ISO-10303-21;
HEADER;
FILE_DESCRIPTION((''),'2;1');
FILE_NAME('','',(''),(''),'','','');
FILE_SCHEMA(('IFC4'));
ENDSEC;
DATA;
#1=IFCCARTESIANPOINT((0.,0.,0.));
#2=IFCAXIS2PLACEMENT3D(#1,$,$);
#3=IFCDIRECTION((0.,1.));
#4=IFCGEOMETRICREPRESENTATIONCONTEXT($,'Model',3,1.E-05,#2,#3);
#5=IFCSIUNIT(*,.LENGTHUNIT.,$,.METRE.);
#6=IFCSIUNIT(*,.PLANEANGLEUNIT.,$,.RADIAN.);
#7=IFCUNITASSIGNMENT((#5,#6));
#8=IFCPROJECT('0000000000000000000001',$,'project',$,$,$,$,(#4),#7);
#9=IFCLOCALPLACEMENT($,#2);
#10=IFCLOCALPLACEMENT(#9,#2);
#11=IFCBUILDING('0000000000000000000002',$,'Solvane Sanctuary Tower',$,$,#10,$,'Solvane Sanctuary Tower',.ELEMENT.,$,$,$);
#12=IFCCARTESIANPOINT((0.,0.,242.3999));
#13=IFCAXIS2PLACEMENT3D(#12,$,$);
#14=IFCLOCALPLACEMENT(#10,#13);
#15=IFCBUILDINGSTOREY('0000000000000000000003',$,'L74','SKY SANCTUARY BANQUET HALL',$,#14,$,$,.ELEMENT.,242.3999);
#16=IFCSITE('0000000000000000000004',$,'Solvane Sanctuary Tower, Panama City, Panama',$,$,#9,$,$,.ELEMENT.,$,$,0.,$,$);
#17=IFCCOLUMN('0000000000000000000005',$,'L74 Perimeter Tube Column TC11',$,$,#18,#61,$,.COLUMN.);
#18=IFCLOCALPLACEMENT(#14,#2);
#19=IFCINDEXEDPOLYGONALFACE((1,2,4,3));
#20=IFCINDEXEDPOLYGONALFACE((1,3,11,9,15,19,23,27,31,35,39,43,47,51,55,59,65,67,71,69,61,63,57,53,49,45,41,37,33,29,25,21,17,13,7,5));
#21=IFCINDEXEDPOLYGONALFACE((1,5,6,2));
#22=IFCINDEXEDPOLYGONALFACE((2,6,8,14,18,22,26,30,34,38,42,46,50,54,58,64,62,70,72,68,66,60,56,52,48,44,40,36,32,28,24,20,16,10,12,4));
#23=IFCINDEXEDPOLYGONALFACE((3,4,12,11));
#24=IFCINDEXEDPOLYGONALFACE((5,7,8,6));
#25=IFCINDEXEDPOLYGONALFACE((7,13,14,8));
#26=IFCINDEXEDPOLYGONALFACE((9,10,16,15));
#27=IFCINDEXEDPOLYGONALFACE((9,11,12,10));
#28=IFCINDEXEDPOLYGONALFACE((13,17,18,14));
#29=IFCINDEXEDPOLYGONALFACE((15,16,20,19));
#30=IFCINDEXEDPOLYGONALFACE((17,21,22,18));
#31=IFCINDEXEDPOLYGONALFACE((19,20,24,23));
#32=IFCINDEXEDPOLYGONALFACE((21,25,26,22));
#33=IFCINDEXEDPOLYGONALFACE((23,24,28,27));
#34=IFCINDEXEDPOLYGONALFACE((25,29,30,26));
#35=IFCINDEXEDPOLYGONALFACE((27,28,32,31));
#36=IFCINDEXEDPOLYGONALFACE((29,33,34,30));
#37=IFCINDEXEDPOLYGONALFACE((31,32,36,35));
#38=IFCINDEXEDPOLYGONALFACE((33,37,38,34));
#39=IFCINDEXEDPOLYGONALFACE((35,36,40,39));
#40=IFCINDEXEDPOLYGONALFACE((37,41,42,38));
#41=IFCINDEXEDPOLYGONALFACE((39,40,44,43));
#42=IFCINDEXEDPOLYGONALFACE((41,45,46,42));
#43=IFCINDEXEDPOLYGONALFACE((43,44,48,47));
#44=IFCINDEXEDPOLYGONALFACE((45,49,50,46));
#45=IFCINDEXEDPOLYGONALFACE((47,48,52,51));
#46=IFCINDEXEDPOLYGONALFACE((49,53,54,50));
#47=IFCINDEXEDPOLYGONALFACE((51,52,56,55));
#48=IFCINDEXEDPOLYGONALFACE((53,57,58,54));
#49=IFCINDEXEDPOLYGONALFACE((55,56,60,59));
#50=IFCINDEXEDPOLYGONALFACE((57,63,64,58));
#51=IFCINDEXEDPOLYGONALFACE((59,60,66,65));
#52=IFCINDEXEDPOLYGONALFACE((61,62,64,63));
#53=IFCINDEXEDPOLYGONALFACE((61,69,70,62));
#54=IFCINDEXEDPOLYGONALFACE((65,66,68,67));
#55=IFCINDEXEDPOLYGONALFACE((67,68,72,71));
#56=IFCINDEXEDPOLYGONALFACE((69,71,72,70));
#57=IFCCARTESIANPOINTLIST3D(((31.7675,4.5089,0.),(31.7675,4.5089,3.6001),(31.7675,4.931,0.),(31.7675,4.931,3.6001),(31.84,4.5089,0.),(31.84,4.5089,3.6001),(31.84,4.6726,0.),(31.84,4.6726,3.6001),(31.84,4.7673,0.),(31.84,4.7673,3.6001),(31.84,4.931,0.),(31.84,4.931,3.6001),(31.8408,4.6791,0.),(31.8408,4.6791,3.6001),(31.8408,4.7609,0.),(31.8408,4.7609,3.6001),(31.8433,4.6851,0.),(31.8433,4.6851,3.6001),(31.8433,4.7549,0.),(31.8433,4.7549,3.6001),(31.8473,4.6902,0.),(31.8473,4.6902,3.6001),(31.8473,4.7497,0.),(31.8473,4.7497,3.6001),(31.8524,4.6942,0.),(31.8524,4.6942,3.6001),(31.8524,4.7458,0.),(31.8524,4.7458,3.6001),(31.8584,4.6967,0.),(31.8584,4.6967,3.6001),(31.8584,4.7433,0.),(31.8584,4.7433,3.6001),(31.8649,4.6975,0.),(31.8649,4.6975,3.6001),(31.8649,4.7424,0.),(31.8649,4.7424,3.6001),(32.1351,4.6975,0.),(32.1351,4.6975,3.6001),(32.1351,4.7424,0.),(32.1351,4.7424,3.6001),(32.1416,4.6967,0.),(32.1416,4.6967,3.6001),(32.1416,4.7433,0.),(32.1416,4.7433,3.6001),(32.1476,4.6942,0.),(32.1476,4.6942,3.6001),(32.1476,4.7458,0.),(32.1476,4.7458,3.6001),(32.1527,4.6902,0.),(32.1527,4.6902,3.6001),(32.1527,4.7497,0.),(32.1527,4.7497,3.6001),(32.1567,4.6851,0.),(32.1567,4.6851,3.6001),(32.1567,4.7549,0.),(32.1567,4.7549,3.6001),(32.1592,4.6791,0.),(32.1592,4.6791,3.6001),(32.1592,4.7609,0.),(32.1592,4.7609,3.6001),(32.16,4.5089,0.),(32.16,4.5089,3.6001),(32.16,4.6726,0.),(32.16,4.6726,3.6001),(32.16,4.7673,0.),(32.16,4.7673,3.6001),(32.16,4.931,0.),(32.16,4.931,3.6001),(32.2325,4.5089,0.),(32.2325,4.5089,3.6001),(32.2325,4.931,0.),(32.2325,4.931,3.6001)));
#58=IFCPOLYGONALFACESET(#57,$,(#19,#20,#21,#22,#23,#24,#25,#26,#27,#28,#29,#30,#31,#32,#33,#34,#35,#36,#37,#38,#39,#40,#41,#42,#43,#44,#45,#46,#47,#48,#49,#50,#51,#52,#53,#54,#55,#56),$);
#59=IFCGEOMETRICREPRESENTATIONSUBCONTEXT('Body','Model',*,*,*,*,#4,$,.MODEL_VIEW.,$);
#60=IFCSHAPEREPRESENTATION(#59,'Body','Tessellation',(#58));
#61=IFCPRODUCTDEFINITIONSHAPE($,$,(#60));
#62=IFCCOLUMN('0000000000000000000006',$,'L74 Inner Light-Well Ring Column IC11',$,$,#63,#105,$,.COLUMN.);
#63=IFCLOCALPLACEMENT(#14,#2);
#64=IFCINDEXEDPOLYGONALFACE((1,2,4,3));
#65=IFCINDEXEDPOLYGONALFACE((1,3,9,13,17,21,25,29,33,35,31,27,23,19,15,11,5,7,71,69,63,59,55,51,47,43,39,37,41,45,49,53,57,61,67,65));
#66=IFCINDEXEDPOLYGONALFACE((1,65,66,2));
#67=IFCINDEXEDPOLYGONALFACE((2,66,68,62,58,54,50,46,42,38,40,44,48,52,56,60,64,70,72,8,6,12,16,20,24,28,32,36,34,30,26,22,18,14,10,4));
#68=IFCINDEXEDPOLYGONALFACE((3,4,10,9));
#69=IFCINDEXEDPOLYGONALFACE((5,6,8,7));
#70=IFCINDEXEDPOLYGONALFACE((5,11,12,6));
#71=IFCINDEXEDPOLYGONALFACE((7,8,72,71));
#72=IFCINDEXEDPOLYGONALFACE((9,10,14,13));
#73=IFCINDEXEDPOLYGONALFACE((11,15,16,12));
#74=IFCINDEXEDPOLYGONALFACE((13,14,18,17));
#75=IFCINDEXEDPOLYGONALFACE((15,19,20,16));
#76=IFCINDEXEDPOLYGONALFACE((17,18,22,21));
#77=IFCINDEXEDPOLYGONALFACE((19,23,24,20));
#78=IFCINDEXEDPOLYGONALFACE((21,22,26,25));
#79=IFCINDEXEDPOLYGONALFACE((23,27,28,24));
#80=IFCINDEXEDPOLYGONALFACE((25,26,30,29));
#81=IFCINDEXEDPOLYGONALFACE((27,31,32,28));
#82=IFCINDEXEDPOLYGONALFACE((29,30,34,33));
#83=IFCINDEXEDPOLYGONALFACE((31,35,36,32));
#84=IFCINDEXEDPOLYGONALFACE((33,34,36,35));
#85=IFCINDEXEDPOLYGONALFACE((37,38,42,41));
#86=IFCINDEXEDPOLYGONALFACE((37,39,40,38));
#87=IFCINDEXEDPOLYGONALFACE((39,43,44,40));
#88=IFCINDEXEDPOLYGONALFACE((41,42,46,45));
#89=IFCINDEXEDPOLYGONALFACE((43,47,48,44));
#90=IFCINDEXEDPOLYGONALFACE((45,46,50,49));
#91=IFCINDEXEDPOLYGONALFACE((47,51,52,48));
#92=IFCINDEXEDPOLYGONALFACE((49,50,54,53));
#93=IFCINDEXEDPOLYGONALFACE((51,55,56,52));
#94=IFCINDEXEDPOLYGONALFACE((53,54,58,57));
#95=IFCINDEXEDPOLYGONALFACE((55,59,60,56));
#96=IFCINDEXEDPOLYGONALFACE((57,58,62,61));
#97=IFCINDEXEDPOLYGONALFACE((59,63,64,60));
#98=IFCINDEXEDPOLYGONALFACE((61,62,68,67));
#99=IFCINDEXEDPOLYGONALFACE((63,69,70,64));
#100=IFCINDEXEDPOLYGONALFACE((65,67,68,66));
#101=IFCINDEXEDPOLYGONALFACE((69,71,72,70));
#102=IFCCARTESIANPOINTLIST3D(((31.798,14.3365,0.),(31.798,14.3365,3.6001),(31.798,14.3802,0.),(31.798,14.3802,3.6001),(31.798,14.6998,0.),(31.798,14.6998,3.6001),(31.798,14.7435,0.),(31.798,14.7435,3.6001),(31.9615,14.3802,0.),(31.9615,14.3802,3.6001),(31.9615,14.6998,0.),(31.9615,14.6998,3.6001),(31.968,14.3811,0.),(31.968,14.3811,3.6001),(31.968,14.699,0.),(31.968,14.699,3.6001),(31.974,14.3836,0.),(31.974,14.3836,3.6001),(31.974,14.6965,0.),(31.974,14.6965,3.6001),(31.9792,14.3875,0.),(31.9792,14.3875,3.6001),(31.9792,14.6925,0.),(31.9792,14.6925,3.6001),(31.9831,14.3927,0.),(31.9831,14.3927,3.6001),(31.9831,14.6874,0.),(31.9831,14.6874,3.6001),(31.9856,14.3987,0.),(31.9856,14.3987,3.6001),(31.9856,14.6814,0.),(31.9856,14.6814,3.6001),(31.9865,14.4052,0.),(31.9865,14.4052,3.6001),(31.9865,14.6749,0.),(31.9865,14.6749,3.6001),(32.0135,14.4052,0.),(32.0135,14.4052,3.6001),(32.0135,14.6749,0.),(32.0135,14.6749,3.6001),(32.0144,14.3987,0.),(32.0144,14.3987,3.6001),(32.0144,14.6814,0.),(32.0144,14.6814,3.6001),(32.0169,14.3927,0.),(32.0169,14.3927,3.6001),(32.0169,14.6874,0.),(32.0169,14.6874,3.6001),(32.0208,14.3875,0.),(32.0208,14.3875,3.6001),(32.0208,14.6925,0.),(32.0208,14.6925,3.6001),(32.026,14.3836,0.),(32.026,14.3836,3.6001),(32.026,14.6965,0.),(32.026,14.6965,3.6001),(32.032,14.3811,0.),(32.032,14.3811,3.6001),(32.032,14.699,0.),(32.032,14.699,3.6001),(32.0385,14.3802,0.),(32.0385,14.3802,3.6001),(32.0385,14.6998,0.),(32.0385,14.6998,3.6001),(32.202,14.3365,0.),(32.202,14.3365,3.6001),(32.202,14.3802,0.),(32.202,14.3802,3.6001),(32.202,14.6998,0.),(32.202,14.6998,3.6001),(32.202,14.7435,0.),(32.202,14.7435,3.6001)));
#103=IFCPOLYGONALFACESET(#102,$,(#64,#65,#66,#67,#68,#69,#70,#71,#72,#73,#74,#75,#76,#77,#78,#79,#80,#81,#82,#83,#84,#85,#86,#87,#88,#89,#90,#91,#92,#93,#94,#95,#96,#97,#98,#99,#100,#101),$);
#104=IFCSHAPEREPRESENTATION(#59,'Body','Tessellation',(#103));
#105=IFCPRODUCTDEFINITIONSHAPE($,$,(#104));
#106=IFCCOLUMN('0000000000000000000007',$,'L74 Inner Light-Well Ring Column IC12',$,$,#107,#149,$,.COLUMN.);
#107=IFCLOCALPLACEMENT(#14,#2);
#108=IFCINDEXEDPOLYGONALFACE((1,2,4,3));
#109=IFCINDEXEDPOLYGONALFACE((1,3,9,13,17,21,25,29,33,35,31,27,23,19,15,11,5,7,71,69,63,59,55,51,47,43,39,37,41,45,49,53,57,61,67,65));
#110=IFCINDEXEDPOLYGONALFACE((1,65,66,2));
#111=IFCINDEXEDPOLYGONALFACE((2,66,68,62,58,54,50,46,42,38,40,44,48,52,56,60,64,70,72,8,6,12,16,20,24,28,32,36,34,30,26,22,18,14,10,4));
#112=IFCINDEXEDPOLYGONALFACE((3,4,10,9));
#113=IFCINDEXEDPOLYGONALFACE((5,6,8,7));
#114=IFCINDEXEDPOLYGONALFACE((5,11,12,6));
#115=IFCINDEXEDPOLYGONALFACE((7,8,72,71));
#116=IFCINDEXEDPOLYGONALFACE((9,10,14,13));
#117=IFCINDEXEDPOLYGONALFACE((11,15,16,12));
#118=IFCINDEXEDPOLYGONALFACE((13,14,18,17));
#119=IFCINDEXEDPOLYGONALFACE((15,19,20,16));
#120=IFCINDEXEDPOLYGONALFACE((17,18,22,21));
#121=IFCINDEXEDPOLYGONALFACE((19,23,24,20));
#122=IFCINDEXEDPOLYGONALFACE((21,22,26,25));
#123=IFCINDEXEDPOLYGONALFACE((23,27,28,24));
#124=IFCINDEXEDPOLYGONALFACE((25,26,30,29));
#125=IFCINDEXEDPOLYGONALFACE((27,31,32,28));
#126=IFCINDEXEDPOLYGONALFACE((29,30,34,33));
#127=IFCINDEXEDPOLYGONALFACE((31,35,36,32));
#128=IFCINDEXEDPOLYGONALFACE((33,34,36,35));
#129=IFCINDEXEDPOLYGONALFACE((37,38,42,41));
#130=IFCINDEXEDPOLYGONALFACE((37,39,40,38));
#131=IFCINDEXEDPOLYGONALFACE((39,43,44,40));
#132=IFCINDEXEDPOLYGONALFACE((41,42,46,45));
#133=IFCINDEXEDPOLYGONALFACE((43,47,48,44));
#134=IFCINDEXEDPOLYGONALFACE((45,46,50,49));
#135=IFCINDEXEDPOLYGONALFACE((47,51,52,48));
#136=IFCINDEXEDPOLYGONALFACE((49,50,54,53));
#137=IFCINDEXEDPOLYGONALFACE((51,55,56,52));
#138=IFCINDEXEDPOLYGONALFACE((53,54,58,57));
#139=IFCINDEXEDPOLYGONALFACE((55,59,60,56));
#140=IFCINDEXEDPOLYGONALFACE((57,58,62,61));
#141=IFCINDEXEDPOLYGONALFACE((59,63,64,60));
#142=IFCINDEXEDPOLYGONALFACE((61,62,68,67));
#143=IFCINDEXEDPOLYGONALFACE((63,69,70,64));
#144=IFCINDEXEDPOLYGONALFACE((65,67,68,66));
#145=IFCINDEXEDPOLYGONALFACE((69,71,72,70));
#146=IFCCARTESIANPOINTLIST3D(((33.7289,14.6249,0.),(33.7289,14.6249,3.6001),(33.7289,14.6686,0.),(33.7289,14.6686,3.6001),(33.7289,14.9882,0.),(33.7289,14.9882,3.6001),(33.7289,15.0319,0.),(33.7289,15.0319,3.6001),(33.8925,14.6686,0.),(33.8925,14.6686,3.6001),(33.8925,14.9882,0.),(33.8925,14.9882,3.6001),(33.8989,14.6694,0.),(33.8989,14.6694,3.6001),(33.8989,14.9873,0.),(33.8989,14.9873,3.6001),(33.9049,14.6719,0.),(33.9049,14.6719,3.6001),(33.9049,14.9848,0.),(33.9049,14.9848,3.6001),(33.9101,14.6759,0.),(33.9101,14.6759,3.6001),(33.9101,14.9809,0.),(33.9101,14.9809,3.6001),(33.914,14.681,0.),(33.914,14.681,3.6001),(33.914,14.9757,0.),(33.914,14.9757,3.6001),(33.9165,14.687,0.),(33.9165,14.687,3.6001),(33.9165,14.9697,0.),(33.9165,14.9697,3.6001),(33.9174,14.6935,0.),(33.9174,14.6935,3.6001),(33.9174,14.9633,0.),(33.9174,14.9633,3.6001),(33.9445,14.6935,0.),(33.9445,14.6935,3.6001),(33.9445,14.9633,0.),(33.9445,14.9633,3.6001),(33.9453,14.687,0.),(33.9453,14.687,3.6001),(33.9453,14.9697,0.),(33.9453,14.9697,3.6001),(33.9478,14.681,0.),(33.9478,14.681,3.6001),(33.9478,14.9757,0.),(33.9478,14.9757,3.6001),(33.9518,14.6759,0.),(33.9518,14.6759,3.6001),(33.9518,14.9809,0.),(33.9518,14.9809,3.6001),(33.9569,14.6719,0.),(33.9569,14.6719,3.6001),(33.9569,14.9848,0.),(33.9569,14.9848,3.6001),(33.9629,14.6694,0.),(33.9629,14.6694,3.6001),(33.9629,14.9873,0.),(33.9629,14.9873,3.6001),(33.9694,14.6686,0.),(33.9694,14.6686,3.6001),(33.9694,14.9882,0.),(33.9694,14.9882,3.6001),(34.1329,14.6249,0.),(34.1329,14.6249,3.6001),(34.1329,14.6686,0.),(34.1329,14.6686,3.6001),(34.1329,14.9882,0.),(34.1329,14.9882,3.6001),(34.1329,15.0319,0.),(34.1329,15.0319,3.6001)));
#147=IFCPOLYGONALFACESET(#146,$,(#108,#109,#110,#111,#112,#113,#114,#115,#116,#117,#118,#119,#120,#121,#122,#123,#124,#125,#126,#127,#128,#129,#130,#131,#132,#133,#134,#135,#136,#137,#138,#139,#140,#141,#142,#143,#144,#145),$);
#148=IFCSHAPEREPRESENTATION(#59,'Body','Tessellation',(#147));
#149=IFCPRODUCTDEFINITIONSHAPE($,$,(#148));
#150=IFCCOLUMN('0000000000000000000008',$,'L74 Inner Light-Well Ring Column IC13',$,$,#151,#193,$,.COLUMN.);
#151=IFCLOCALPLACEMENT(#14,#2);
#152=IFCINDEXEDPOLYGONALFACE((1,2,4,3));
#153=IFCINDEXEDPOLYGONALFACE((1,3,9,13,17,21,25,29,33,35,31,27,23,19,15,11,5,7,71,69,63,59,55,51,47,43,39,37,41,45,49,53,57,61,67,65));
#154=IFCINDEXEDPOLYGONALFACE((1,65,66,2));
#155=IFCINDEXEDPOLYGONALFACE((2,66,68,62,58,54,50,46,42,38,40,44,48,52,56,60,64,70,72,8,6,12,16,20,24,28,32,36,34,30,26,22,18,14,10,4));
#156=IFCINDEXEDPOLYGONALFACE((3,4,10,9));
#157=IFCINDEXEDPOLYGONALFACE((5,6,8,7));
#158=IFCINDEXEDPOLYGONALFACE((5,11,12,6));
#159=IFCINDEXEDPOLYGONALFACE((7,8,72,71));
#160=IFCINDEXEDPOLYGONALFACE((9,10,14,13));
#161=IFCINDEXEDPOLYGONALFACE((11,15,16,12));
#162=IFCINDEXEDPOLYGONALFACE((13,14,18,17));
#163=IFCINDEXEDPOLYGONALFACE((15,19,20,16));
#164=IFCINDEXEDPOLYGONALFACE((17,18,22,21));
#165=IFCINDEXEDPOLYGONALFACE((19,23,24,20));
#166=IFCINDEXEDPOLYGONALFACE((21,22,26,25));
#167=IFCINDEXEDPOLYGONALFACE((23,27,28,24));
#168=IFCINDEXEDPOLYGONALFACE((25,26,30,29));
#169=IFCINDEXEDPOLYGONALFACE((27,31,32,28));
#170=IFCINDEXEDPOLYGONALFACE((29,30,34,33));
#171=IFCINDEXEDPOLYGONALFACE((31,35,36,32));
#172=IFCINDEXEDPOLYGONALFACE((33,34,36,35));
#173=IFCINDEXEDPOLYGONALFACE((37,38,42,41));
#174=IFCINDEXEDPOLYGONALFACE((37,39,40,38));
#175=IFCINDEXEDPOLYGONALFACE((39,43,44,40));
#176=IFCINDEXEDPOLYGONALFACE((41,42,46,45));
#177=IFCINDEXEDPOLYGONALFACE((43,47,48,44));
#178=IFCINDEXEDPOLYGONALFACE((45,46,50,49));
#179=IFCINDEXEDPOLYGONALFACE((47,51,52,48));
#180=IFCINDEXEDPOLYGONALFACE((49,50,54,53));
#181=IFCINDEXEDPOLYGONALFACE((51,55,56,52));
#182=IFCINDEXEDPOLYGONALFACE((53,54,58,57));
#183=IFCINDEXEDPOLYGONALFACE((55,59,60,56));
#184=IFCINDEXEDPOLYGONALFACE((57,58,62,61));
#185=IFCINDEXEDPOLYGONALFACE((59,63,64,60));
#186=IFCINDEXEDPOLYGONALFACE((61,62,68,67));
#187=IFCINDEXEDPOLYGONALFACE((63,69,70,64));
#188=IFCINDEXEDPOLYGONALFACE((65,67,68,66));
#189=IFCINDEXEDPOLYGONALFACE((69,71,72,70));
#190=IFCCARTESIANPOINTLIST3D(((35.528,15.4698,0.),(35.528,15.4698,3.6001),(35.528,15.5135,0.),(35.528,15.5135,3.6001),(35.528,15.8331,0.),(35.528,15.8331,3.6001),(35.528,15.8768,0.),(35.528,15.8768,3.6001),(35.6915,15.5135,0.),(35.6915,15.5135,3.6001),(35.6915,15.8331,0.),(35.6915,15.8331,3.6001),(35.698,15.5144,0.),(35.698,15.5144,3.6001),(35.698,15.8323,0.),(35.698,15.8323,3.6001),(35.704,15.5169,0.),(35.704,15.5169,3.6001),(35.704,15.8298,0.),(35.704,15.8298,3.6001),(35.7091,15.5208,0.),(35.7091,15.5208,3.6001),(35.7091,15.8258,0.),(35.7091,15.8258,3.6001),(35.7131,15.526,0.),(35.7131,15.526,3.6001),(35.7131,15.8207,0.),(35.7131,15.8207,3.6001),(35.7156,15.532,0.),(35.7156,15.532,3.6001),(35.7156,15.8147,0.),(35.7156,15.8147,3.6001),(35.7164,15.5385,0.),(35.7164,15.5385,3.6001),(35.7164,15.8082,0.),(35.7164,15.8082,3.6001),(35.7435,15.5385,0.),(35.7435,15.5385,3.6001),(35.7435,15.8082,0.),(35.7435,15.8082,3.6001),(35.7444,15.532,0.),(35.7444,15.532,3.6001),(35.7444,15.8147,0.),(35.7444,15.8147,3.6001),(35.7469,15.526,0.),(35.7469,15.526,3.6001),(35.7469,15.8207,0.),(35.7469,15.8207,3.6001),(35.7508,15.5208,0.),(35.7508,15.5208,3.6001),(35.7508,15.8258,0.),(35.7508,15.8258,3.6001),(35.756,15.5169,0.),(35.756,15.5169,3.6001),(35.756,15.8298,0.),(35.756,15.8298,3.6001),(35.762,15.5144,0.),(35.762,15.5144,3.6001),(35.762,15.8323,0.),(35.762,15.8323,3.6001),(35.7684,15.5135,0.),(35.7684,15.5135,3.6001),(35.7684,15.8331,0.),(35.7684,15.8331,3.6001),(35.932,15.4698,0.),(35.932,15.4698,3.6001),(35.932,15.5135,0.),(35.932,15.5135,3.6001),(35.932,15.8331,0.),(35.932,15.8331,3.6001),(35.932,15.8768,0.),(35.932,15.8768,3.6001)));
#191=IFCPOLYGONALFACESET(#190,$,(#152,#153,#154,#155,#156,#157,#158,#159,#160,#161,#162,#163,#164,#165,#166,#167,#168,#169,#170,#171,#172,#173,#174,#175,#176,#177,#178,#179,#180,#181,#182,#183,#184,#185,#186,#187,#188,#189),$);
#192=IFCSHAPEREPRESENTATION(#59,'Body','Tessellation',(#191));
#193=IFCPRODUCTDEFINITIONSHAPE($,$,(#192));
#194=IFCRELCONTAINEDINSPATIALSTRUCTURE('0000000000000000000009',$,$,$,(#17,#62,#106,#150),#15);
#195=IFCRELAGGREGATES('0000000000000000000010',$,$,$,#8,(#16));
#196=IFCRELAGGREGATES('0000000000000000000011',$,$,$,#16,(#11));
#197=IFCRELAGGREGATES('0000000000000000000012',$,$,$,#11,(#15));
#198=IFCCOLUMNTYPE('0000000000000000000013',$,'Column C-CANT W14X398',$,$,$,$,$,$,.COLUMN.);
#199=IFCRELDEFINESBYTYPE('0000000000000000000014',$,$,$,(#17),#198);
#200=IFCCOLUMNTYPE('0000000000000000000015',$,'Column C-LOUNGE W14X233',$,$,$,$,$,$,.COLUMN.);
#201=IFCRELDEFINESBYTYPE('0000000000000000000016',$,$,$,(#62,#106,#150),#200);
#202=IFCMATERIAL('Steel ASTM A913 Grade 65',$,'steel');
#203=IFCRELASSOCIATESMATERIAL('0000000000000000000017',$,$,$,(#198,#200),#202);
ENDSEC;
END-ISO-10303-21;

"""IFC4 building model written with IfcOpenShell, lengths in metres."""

from ifc_helpers import new_model, si_unit, direction, frame, origin, origin_2d, place, context, subcontext, project, spatial, i_section, extrude, material, material_profile, profile_set, type_object, element, save


model = new_model("IFC4")

# Units and contexts
model_context = context("Model", 3, precision=1e-05, world=origin(), true_north=direction((0.0, 1.0)))
body_context = subcontext(model_context, "Body", "Model", "MODEL_VIEW")
ifc_project = project(units=[si_unit("LENGTHUNIT", "METRE"), si_unit("PLANEANGLEUNIT", "RADIAN")], contexts=[model_context])

# Site, building, storey
site_placement = place(None, origin())
site = spatial("IfcSite", under=ifc_project, at=site_placement, Name="Solvane Sanctuary Tower, Panama City, Panama", CompositionType="ELEMENT", RefElevation=0.0)
building_placement = place(site_placement, origin())
building = spatial("IfcBuilding", under=site, at=building_placement, Name="Solvane Sanctuary Tower", LongName="Solvane Sanctuary Tower", CompositionType="ELEMENT")
storey_placement = place(building_placement, frame((0.0, 0.0, 242.3999)))
storey = spatial("IfcBuildingStorey", under=building, at=storey_placement, Name="L74", Description="SKY SANCTUARY BANQUET HALL", CompositionType="ELEMENT", Elevation=242.3999)

# Columns
ifc_material_1 = material(Name="Steel ASTM A913 Grade 65", Category="steel")
ifc_material_profile_1 = material_profile(ifc_material_1, i_section(OverallWidth=0.4221, OverallDepth=0.4651, WebThickness=0.0449, FlangeThickness=0.0725, FilletRadius=0.0249, at=origin_2d()), Name="W14X398")
ifc_profile_set_1 = profile_set([ifc_material_profile_1], Name="Steel ASTM A913 Grade 65")
column_type_1 = type_object("IfcColumnType", Name="Column C-CANT W14X398", PredefinedType="COLUMN", material=ifc_profile_set_1)
column_placement = place(storey_placement, frame((32.0, 4.72, 0.0), z_axis=(0.0, 0.0, 1.0), x_axis=(0.0, -1.0, 0.0)))
element("IfcColumn", 1, at=column_placement, inside=storey, type_object=column_type_1, Name="L74 Perimeter Tube Column TC11", PredefinedType="COLUMN", context=body_context, shape_type="SweptSolid", body=[
    extrude(i_section(OverallWidth=0.4221, OverallDepth=0.4651, WebThickness=0.0449, FlangeThickness=0.0725, FilletRadius=0.0249, at=origin_2d()), origin(), (0.0, 0.0, 1.0), 3.6001),
])
ifc_material_profile_2 = material_profile(ifc_material_1, i_section(OverallWidth=0.4041, OverallDepth=0.407, WebThickness=0.0271, FlangeThickness=0.0437, FilletRadius=0.0249, at=origin_2d()), Name="W14X233")
ifc_profile_set_2 = profile_set([ifc_material_profile_2], Name="Steel ASTM A913 Grade 65")
column_type_2 = type_object("IfcColumnType", Name="Column C-LOUNGE W14X233", PredefinedType="COLUMN", material=ifc_profile_set_2)
for number, where, z_axis, x_axis, name in (
    (2, (32.0, 14.54, 0.0), (0.0, 0.0, 1.0), (1.0, 0.0, 0.0), "L74 Inner Light-Well Ring Column IC11"),
    (3, (33.9309, 14.8284, 0.0), (0.0, 0.0, 1.0), (1.0, 0.0, 0.0), "L74 Inner Light-Well Ring Column IC12"),
    (4, (35.73, 15.6733, 0.0), (0.0, 0.0, 1.0), (1.0, 0.0, 0.0), "L74 Inner Light-Well Ring Column IC13"),
):
    element("IfcColumn", number, at=place(storey_placement, frame(where, z_axis=z_axis, x_axis=x_axis)), inside=storey, type_object=column_type_2, Name=name, PredefinedType="COLUMN", context=body_context, shape_type="SweptSolid", body=[
        extrude(i_section(OverallWidth=0.4041, OverallDepth=0.407, WebThickness=0.0271, FlangeThickness=0.0437, FilletRadius=0.0249, at=origin_2d()), origin(), (0.0, 0.0, 1.0), 3.6001),
    ])

save(model, "model.ifc")
